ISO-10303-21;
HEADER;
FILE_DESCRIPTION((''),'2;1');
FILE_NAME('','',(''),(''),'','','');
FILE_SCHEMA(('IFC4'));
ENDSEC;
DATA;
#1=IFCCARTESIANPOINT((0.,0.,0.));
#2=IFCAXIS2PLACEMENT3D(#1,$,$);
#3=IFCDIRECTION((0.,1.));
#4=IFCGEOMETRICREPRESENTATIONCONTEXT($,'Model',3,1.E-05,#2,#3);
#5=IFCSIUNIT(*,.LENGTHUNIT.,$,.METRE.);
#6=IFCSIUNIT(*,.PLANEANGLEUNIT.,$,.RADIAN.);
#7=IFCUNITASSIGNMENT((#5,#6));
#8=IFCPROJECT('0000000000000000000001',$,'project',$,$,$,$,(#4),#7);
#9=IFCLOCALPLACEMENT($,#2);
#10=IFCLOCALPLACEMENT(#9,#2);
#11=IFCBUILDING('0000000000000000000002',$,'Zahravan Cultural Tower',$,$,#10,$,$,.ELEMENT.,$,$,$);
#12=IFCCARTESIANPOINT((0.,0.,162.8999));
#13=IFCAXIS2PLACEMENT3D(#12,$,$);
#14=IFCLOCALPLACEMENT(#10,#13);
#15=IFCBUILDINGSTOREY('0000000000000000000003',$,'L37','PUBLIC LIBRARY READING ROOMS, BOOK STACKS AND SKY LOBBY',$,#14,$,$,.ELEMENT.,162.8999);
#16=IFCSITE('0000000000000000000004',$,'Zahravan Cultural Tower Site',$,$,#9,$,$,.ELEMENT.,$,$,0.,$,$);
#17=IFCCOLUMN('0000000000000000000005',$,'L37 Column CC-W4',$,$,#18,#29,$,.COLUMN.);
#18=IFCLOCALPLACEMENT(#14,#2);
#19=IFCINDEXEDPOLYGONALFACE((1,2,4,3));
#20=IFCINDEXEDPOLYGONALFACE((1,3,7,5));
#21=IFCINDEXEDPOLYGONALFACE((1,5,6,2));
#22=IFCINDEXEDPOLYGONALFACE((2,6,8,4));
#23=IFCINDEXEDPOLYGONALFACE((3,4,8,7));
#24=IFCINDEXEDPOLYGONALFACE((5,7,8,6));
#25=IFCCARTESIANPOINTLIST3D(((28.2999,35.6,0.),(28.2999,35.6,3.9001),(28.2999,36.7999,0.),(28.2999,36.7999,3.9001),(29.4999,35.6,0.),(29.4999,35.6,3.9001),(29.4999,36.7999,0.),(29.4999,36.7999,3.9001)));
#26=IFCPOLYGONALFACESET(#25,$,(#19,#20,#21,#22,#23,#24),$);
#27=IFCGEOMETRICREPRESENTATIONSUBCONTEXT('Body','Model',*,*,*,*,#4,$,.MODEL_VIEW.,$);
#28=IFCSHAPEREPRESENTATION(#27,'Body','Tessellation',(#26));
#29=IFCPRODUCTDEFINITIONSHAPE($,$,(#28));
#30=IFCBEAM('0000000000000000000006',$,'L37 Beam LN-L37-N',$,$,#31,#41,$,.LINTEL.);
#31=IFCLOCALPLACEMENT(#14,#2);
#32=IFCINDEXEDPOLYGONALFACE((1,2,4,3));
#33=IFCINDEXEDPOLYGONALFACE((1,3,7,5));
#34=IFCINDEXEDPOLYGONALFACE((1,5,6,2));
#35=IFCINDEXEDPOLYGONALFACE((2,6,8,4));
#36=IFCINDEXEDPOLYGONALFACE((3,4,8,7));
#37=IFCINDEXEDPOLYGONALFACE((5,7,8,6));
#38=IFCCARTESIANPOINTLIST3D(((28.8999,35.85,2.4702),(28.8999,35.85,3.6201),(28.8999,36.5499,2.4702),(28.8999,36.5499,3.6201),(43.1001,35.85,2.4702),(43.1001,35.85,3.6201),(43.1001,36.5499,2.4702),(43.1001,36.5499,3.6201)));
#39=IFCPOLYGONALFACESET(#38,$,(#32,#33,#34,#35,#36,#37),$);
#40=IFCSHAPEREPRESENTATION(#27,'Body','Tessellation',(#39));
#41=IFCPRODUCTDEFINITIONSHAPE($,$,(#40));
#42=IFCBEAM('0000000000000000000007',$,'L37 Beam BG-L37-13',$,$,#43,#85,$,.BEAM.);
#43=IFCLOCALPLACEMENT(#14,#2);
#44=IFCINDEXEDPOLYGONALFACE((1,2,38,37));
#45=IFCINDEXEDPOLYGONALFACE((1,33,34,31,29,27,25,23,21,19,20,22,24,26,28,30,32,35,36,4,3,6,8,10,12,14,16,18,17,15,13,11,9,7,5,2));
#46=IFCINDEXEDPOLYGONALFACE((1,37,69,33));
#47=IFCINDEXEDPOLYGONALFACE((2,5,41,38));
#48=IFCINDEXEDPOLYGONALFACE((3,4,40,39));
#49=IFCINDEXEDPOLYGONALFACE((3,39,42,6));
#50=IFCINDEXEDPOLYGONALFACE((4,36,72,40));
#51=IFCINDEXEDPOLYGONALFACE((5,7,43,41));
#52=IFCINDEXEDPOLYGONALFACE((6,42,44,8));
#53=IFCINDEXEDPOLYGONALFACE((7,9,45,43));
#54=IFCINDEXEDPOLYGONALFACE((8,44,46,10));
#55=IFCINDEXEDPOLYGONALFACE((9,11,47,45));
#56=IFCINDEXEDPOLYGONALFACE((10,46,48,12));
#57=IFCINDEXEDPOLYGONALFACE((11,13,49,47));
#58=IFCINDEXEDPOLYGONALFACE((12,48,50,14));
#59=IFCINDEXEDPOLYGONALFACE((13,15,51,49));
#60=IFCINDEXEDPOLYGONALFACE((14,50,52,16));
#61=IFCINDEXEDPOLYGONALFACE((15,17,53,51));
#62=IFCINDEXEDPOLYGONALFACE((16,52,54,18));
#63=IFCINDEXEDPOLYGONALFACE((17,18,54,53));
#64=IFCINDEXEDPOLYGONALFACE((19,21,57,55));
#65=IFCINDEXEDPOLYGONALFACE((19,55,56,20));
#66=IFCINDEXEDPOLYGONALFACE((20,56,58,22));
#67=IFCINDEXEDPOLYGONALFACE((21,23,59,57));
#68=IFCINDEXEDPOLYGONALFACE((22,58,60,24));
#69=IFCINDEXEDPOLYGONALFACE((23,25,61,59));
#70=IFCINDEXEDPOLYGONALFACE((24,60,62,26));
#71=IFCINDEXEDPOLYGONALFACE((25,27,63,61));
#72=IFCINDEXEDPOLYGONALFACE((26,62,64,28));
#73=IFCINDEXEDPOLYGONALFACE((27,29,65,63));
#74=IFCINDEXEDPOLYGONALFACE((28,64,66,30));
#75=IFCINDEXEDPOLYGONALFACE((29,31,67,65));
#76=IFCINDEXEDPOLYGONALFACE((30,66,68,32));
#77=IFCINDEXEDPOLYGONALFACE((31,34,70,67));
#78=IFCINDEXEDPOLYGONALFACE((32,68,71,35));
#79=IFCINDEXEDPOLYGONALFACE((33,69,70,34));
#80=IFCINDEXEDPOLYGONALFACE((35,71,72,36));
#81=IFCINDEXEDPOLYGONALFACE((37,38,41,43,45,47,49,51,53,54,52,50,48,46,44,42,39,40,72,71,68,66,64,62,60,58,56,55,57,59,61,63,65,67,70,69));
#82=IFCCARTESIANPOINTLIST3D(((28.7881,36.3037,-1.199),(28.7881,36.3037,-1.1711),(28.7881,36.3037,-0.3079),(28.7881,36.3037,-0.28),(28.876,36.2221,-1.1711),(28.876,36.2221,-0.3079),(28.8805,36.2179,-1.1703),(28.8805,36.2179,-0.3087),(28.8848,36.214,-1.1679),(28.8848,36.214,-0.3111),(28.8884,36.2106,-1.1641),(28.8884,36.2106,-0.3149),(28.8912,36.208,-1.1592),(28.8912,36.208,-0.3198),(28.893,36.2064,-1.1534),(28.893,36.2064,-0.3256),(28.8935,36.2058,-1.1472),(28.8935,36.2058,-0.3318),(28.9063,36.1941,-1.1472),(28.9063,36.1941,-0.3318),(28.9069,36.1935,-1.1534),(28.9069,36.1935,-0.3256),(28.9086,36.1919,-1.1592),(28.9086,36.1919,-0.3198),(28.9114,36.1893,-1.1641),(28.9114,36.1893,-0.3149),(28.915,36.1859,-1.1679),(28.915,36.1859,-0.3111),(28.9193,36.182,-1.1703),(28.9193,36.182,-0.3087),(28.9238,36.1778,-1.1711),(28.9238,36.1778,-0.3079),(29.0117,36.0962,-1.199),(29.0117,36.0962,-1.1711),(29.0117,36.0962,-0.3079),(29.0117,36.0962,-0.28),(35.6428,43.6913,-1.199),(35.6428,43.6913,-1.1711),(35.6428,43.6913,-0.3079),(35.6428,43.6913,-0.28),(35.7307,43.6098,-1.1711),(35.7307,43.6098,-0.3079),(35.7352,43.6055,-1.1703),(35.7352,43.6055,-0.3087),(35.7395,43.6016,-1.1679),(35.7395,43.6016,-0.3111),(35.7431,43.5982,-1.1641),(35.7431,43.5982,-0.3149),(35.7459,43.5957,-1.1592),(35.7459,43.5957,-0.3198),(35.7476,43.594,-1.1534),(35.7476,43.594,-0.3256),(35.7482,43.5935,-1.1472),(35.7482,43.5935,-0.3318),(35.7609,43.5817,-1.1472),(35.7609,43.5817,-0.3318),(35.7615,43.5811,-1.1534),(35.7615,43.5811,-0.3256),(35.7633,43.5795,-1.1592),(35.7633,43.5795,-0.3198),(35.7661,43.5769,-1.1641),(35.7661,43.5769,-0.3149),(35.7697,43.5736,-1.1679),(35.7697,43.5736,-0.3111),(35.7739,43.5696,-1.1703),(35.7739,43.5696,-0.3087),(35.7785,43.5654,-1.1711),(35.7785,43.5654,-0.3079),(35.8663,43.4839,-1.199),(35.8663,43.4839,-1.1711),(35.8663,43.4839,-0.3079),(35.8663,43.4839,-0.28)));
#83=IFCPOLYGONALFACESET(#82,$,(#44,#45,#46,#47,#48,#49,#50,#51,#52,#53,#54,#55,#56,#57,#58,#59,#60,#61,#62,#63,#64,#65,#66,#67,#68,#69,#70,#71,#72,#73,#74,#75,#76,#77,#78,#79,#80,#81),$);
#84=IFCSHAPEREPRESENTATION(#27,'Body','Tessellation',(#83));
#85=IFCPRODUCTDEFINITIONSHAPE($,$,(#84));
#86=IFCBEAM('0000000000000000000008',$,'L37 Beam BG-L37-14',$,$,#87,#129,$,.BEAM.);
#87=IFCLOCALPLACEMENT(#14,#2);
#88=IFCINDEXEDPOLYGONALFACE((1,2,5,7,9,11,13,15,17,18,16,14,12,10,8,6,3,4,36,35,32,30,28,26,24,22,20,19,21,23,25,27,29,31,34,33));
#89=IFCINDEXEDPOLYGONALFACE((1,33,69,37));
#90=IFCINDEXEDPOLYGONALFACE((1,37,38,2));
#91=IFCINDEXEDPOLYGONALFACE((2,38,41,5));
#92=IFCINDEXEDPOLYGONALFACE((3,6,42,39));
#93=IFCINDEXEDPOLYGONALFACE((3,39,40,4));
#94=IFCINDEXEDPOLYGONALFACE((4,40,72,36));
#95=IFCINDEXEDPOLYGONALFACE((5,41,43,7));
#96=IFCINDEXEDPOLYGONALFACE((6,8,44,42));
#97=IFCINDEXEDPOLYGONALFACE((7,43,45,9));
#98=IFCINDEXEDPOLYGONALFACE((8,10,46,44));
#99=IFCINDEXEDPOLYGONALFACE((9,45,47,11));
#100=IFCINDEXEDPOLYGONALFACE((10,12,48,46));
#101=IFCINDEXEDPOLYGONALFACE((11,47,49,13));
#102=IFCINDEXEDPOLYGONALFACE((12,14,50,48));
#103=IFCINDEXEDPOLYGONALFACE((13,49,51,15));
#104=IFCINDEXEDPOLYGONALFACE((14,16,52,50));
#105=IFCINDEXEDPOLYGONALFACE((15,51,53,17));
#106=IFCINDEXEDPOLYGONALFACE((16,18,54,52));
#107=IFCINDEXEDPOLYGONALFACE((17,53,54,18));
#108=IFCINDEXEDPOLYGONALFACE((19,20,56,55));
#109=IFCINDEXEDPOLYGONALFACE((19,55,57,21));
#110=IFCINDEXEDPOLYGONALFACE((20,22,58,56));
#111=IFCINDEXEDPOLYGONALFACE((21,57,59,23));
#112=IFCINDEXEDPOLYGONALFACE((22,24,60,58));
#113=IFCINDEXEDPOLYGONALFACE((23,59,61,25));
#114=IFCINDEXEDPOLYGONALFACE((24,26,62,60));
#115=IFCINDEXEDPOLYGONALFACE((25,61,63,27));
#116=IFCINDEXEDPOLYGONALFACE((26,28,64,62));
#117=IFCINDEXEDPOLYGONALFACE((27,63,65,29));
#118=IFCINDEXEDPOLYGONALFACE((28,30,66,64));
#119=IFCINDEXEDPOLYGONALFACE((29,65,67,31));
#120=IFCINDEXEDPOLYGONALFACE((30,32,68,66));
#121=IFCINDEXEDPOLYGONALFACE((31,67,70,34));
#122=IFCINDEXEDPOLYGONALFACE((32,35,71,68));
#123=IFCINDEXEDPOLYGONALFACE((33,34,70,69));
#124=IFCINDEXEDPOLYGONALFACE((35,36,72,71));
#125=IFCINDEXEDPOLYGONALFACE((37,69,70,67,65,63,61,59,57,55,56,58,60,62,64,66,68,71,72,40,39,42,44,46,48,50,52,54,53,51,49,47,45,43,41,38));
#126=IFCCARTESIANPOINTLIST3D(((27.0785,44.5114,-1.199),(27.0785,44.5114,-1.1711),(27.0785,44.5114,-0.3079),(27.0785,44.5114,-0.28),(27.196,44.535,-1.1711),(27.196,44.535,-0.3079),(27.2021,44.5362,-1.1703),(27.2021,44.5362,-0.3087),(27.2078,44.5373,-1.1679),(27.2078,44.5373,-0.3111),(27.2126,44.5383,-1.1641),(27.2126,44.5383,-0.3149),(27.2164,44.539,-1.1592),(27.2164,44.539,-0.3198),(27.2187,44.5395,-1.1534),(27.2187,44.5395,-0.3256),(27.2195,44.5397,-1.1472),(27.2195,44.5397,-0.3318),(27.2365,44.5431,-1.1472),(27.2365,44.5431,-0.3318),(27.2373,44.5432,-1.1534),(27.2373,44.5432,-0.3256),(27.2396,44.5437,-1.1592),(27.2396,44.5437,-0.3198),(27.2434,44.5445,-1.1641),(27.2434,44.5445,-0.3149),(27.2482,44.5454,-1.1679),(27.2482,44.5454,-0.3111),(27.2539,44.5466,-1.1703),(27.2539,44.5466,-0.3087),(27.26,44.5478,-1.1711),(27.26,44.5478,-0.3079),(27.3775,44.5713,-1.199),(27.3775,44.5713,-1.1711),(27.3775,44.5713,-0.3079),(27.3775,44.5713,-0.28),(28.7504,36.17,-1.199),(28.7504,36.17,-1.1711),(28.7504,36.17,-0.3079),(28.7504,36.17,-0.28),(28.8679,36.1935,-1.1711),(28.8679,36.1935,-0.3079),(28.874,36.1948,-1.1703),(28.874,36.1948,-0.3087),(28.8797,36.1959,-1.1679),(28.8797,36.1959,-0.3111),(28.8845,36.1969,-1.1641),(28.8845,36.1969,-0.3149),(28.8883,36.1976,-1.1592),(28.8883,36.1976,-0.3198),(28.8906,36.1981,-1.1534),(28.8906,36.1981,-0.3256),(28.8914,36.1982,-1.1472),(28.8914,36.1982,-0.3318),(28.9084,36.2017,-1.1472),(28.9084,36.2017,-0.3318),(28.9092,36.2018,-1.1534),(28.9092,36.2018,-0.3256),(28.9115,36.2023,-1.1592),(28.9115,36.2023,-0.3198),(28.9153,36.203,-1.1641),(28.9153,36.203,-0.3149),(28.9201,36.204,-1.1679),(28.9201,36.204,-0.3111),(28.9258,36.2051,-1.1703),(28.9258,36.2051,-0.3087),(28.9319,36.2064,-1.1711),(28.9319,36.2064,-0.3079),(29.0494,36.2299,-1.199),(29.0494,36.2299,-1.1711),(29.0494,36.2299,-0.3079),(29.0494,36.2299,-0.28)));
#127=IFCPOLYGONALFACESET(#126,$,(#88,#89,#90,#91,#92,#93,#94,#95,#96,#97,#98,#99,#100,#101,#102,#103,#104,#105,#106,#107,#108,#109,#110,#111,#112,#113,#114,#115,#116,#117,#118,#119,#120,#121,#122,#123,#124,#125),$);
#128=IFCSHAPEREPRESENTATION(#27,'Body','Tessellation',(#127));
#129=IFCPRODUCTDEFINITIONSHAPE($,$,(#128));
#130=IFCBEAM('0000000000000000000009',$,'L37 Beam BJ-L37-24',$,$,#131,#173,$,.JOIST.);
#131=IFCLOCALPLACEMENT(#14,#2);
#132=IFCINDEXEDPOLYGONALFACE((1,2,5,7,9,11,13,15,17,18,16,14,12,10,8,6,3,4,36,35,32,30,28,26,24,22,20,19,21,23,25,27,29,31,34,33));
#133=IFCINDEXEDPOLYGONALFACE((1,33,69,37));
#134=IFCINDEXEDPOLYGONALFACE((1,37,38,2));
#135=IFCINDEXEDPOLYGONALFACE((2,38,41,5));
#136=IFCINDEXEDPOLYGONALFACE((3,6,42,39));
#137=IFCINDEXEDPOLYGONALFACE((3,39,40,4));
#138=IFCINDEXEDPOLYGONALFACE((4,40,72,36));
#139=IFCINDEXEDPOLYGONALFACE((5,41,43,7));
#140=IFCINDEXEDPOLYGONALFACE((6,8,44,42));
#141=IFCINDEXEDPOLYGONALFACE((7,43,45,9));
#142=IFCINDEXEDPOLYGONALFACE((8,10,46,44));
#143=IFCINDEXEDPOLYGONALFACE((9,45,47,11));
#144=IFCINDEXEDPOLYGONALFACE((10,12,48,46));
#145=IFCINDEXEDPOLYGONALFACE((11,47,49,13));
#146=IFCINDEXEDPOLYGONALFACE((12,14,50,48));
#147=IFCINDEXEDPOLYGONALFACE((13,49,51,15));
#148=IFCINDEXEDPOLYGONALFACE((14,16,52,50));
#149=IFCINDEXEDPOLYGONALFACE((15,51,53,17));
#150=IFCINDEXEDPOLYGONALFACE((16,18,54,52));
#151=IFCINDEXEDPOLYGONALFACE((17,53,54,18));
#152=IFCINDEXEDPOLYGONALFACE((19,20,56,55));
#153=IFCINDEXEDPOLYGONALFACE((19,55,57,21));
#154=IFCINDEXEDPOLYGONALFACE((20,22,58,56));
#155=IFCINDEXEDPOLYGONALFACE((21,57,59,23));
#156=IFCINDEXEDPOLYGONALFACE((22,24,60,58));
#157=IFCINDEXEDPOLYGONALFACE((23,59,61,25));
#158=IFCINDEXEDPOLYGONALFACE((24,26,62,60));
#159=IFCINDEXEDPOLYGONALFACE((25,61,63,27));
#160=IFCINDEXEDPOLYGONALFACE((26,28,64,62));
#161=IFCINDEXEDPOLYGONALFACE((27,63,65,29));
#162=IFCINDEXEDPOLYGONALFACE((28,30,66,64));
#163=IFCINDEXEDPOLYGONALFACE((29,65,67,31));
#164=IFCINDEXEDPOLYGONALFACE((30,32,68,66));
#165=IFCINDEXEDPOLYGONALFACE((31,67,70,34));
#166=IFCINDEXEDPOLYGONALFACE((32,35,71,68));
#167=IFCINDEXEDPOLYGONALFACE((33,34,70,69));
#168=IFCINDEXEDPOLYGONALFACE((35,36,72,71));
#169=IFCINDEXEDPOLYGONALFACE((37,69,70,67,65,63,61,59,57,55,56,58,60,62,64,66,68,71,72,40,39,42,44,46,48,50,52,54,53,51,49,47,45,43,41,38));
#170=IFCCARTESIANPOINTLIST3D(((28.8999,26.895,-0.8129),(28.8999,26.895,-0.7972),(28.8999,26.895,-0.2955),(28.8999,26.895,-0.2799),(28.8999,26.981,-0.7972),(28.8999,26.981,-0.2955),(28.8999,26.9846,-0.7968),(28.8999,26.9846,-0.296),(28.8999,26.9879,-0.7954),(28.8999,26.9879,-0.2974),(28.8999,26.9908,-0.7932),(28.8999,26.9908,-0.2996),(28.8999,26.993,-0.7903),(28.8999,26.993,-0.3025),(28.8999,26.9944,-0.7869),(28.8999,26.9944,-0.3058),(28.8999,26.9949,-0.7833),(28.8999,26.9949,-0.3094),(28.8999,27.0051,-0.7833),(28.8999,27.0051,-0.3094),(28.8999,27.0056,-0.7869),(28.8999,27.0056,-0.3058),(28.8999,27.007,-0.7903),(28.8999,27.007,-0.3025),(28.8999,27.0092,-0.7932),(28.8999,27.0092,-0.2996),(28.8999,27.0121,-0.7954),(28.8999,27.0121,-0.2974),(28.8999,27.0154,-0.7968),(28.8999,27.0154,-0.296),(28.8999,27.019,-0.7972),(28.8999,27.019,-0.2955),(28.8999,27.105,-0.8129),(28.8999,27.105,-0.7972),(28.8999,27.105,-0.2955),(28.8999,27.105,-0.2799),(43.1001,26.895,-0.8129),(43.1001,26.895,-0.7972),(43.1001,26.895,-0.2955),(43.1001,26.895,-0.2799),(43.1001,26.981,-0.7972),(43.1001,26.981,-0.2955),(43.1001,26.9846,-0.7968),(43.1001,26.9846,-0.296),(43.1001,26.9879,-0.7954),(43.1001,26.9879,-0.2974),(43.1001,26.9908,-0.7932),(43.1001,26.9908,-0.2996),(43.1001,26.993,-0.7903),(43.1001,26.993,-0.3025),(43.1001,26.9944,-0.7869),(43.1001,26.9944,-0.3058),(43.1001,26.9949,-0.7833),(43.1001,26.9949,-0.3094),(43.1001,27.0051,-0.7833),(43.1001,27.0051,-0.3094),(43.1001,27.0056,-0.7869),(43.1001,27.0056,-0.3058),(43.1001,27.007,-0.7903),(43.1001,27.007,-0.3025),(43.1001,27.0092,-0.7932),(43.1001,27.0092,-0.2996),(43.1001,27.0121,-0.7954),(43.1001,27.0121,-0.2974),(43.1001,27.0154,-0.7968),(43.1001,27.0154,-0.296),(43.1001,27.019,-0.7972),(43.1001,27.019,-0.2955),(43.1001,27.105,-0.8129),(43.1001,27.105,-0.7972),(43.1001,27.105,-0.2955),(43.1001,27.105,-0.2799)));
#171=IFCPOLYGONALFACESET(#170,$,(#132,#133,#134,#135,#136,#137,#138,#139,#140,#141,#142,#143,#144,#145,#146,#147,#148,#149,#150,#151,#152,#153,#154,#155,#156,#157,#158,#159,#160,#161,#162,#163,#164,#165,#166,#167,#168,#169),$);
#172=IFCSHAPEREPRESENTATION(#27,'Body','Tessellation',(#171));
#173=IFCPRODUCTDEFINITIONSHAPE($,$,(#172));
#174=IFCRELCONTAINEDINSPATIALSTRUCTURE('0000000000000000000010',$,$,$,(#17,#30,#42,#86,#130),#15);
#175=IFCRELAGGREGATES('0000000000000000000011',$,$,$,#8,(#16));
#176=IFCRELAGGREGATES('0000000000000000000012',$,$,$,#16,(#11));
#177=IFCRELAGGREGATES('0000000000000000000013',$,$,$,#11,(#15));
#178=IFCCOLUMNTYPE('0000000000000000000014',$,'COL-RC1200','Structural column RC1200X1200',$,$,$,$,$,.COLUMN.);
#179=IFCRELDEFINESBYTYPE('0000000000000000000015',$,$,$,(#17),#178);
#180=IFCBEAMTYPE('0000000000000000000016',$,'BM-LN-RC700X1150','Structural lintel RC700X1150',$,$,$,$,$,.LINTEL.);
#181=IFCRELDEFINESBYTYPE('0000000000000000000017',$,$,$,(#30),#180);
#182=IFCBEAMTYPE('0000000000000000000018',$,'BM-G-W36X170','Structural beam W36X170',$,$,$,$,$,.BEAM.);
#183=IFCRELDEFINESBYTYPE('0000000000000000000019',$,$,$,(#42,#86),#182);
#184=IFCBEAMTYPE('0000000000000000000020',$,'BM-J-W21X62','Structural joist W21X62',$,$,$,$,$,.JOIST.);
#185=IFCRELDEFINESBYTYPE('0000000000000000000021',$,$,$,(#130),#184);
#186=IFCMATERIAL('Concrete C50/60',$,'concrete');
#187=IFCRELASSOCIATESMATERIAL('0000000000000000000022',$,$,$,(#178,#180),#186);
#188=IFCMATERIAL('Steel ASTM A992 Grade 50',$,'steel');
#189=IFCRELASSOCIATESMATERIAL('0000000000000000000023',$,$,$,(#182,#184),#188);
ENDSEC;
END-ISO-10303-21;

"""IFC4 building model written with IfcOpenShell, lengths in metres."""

from ifc_helpers import new_model, si_unit, direction, frame, origin, origin_2d, place, context, subcontext, project, spatial, rectangle, i_section, extrude, source, transform, mapped, material, material_profile, profile_set, type_object, element, save


model = new_model("IFC4")

# Units and contexts
model_context = context("Model", 3, precision=1e-05, world=origin(), true_north=direction((0.0, 1.0)))
body_context = subcontext(model_context, "Body", "Model", "MODEL_VIEW")
ifc_project = project(units=[si_unit("LENGTHUNIT", "METRE"), si_unit("PLANEANGLEUNIT", "RADIAN")], contexts=[model_context])

# Site, building, storey
site_placement = place(None, origin())
site = spatial("IfcSite", under=ifc_project, at=site_placement, Name="Zahravan Cultural Tower Site", CompositionType="ELEMENT", RefElevation=0.0)
building_placement = place(site_placement, origin())
building = spatial("IfcBuilding", under=site, at=building_placement, Name="Zahravan Cultural Tower", CompositionType="ELEMENT")
storey_placement = place(building_placement, frame((0.0, 0.0, 162.8999)))
storey = spatial("IfcBuildingStorey", under=building, at=storey_placement, Name="L37", Description="PUBLIC LIBRARY READING ROOMS, BOOK STACKS AND SKY LOBBY", CompositionType="ELEMENT", Elevation=162.8999)

# Column
ifc_material_1 = material(Name="Concrete C50/60", Category="concrete")
ifc_material_profile_1 = material_profile(ifc_material_1, rectangle(XDim=1.2, YDim=1.2, at=origin_2d()), Name="RC1200X1200")
ifc_profile_set_1 = profile_set([ifc_material_profile_1], Name="Concrete C50/60")
column_type = type_object("IfcColumnType", Name="COL-RC1200", Description="Structural column RC1200X1200", PredefinedType="COLUMN", material=ifc_profile_set_1)
shared_shape_1 = source(origin(), body_context, "Body", "SweptSolid", [
    extrude(rectangle(XDim=1.2, YDim=1.2, at=origin_2d()), origin(), (0.0, 0.0, 1.0), 3.9001),
])
column_placement = place(storey_placement, frame((28.8999, 36.2, 0.0), z_axis=(0.0, 0.0, 1.0), x_axis=(1.0, 0.0, 0.0)))
element("IfcColumn", 1, at=column_placement, inside=storey, type_object=column_type, Name="L37 Column CC-W4", PredefinedType="COLUMN", context=body_context, shape_type="MappedRepresentation", body=[
    mapped(shared_shape_1, transform((0.0, 0.0, 0.0), x_axis=(1.0, 0.0, 0.0), y_axis=(0.0, 1.0, 0.0), z_axis=(0.0, 0.0, 1.0), scale=1.0)),
])

# Beams
ifc_material_profile_2 = material_profile(ifc_material_1, rectangle(XDim=0.7, YDim=1.1499, at=origin_2d()), Name="RC700X1150")
ifc_profile_set_2 = profile_set([ifc_material_profile_2], Name="Concrete C50/60")
beam_type_1 = type_object("IfcBeamType", Name="BM-LN-RC700X1150", Description="Structural lintel RC700X1150", PredefinedType="LINTEL", material=ifc_profile_set_2)
shared_shape_2 = source(origin(), body_context, "Body", "SweptSolid", [
    extrude(rectangle(XDim=0.7, YDim=1.1499, at=origin_2d()), origin(), (0.0, 0.0, 1.0), 14.2002),
])
beam_1_placement = place(storey_placement, frame((28.8999, 36.2, 3.0452), z_axis=(1.0, 0.0, 0.0), x_axis=(0.0, 1.0, 0.0)))
element("IfcBeam", 2, at=beam_1_placement, inside=storey, type_object=beam_type_1, Name="L37 Beam LN-L37-N", PredefinedType="LINTEL", context=body_context, shape_type="MappedRepresentation", body=[
    mapped(shared_shape_2, transform((0.0, 0.0, 0.0), x_axis=(1.0, 0.0, 0.0), y_axis=(0.0, 1.0, 0.0), z_axis=(0.0, 0.0, 1.0), scale=1.0)),
])
ifc_material_2 = material(Name="Steel ASTM A992 Grade 50", Category="steel")
ifc_material_profile_3 = material_profile(ifc_material_2, i_section(OverallWidth=0.3049, OverallDepth=0.9189, WebThickness=0.0173, FlangeThickness=0.0278, FilletRadius=0.0239, at=origin_2d()), Name="W36X170")
ifc_profile_set_3 = profile_set([ifc_material_profile_3], Name="Steel ASTM A992 Grade 50")
beam_type_2 = type_object("IfcBeamType", Name="BM-G-W36X170", Description="Structural beam W36X170", PredefinedType="BEAM", material=ifc_profile_set_3)
shared_shape_3 = source(origin(), body_context, "Body", "SweptSolid", [
    extrude(i_section(OverallWidth=0.3049, OverallDepth=0.9189, WebThickness=0.0173, FlangeThickness=0.0278, FilletRadius=0.0239, at=origin_2d()), origin(), (0.0, 0.0, 1.0), 10.0779),
])
beam_2_placement = place(storey_placement, frame((28.8999, 36.2, -0.7395), z_axis=(0.68017, 0.733054, 0.0), x_axis=(-0.733054, 0.68017, 0.0)))
element("IfcBeam", 3, at=beam_2_placement, inside=storey, type_object=beam_type_2, Name="L37 Beam BG-L37-13", PredefinedType="BEAM", context=body_context, shape_type="MappedRepresentation", body=[
    mapped(shared_shape_3, transform((0.0, 0.0, 0.0), x_axis=(1.0, 0.0, 0.0), y_axis=(0.0, 1.0, 0.0), z_axis=(0.0, 0.0, 1.0), scale=1.0)),
])
shared_shape_4 = source(origin(), body_context, "Body", "SweptSolid", [
    extrude(i_section(OverallWidth=0.3049, OverallDepth=0.9189, WebThickness=0.0173, FlangeThickness=0.0278, FilletRadius=0.0239, at=origin_2d()), origin(), (0.0, 0.0, 1.0), 8.5073),
])
beam_3_placement = place(storey_placement, frame((28.8999, 36.2, -0.7395), z_axis=(-0.196525, 0.980499, 0.0), x_axis=(-0.980499, -0.196525, 0.0)))
element("IfcBeam", 4, at=beam_3_placement, inside=storey, type_object=beam_type_2, Name="L37 Beam BG-L37-14", PredefinedType="BEAM", context=body_context, shape_type="MappedRepresentation", body=[
    mapped(shared_shape_4, transform((0.0, 0.0, 0.0), x_axis=(1.0, 0.0, 0.0), y_axis=(0.0, 1.0, 0.0), z_axis=(0.0, 0.0, 1.0), scale=1.0)),
])
ifc_material_profile_4 = material_profile(ifc_material_2, i_section(OverallWidth=0.21, OverallDepth=0.533, WebThickness=0.0103, FlangeThickness=0.0156, FilletRadius=0.0139, at=origin_2d()), Name="W21X62")
ifc_profile_set_4 = profile_set([ifc_material_profile_4], Name="Steel ASTM A992 Grade 50")
beam_type_3 = type_object("IfcBeamType", Name="BM-J-W21X62", Description="Structural joist W21X62", PredefinedType="JOIST", material=ifc_profile_set_4)
shared_shape_5 = source(origin(), body_context, "Body", "SweptSolid", [
    extrude(i_section(OverallWidth=0.21, OverallDepth=0.533, WebThickness=0.0103, FlangeThickness=0.0156, FilletRadius=0.0139, at=origin_2d()), origin(), (0.0, 0.0, 1.0), 14.2002),
])
for number, where, z_axis, x_axis, name in (
    (5, (28.8999, 27.0, -0.5464), (1.0, 0.0, 0.0), (0.0, 1.0, 0.0), "L37 Beam BJ-L37-24"),
):
    element("IfcBeam", number, at=place(storey_placement, frame(where, z_axis=z_axis, x_axis=x_axis)), inside=storey, type_object=beam_type_3, Name=name, PredefinedType="JOIST", context=body_context, shape_type="MappedRepresentation", body=[
        mapped(shared_shape_5, transform((0.0, 0.0, 0.0), x_axis=(1.0, 0.0, 0.0), y_axis=(0.0, 1.0, 0.0), z_axis=(0.0, 0.0, 1.0), scale=1.0)),
    ])

save(model, "model.ifc")
